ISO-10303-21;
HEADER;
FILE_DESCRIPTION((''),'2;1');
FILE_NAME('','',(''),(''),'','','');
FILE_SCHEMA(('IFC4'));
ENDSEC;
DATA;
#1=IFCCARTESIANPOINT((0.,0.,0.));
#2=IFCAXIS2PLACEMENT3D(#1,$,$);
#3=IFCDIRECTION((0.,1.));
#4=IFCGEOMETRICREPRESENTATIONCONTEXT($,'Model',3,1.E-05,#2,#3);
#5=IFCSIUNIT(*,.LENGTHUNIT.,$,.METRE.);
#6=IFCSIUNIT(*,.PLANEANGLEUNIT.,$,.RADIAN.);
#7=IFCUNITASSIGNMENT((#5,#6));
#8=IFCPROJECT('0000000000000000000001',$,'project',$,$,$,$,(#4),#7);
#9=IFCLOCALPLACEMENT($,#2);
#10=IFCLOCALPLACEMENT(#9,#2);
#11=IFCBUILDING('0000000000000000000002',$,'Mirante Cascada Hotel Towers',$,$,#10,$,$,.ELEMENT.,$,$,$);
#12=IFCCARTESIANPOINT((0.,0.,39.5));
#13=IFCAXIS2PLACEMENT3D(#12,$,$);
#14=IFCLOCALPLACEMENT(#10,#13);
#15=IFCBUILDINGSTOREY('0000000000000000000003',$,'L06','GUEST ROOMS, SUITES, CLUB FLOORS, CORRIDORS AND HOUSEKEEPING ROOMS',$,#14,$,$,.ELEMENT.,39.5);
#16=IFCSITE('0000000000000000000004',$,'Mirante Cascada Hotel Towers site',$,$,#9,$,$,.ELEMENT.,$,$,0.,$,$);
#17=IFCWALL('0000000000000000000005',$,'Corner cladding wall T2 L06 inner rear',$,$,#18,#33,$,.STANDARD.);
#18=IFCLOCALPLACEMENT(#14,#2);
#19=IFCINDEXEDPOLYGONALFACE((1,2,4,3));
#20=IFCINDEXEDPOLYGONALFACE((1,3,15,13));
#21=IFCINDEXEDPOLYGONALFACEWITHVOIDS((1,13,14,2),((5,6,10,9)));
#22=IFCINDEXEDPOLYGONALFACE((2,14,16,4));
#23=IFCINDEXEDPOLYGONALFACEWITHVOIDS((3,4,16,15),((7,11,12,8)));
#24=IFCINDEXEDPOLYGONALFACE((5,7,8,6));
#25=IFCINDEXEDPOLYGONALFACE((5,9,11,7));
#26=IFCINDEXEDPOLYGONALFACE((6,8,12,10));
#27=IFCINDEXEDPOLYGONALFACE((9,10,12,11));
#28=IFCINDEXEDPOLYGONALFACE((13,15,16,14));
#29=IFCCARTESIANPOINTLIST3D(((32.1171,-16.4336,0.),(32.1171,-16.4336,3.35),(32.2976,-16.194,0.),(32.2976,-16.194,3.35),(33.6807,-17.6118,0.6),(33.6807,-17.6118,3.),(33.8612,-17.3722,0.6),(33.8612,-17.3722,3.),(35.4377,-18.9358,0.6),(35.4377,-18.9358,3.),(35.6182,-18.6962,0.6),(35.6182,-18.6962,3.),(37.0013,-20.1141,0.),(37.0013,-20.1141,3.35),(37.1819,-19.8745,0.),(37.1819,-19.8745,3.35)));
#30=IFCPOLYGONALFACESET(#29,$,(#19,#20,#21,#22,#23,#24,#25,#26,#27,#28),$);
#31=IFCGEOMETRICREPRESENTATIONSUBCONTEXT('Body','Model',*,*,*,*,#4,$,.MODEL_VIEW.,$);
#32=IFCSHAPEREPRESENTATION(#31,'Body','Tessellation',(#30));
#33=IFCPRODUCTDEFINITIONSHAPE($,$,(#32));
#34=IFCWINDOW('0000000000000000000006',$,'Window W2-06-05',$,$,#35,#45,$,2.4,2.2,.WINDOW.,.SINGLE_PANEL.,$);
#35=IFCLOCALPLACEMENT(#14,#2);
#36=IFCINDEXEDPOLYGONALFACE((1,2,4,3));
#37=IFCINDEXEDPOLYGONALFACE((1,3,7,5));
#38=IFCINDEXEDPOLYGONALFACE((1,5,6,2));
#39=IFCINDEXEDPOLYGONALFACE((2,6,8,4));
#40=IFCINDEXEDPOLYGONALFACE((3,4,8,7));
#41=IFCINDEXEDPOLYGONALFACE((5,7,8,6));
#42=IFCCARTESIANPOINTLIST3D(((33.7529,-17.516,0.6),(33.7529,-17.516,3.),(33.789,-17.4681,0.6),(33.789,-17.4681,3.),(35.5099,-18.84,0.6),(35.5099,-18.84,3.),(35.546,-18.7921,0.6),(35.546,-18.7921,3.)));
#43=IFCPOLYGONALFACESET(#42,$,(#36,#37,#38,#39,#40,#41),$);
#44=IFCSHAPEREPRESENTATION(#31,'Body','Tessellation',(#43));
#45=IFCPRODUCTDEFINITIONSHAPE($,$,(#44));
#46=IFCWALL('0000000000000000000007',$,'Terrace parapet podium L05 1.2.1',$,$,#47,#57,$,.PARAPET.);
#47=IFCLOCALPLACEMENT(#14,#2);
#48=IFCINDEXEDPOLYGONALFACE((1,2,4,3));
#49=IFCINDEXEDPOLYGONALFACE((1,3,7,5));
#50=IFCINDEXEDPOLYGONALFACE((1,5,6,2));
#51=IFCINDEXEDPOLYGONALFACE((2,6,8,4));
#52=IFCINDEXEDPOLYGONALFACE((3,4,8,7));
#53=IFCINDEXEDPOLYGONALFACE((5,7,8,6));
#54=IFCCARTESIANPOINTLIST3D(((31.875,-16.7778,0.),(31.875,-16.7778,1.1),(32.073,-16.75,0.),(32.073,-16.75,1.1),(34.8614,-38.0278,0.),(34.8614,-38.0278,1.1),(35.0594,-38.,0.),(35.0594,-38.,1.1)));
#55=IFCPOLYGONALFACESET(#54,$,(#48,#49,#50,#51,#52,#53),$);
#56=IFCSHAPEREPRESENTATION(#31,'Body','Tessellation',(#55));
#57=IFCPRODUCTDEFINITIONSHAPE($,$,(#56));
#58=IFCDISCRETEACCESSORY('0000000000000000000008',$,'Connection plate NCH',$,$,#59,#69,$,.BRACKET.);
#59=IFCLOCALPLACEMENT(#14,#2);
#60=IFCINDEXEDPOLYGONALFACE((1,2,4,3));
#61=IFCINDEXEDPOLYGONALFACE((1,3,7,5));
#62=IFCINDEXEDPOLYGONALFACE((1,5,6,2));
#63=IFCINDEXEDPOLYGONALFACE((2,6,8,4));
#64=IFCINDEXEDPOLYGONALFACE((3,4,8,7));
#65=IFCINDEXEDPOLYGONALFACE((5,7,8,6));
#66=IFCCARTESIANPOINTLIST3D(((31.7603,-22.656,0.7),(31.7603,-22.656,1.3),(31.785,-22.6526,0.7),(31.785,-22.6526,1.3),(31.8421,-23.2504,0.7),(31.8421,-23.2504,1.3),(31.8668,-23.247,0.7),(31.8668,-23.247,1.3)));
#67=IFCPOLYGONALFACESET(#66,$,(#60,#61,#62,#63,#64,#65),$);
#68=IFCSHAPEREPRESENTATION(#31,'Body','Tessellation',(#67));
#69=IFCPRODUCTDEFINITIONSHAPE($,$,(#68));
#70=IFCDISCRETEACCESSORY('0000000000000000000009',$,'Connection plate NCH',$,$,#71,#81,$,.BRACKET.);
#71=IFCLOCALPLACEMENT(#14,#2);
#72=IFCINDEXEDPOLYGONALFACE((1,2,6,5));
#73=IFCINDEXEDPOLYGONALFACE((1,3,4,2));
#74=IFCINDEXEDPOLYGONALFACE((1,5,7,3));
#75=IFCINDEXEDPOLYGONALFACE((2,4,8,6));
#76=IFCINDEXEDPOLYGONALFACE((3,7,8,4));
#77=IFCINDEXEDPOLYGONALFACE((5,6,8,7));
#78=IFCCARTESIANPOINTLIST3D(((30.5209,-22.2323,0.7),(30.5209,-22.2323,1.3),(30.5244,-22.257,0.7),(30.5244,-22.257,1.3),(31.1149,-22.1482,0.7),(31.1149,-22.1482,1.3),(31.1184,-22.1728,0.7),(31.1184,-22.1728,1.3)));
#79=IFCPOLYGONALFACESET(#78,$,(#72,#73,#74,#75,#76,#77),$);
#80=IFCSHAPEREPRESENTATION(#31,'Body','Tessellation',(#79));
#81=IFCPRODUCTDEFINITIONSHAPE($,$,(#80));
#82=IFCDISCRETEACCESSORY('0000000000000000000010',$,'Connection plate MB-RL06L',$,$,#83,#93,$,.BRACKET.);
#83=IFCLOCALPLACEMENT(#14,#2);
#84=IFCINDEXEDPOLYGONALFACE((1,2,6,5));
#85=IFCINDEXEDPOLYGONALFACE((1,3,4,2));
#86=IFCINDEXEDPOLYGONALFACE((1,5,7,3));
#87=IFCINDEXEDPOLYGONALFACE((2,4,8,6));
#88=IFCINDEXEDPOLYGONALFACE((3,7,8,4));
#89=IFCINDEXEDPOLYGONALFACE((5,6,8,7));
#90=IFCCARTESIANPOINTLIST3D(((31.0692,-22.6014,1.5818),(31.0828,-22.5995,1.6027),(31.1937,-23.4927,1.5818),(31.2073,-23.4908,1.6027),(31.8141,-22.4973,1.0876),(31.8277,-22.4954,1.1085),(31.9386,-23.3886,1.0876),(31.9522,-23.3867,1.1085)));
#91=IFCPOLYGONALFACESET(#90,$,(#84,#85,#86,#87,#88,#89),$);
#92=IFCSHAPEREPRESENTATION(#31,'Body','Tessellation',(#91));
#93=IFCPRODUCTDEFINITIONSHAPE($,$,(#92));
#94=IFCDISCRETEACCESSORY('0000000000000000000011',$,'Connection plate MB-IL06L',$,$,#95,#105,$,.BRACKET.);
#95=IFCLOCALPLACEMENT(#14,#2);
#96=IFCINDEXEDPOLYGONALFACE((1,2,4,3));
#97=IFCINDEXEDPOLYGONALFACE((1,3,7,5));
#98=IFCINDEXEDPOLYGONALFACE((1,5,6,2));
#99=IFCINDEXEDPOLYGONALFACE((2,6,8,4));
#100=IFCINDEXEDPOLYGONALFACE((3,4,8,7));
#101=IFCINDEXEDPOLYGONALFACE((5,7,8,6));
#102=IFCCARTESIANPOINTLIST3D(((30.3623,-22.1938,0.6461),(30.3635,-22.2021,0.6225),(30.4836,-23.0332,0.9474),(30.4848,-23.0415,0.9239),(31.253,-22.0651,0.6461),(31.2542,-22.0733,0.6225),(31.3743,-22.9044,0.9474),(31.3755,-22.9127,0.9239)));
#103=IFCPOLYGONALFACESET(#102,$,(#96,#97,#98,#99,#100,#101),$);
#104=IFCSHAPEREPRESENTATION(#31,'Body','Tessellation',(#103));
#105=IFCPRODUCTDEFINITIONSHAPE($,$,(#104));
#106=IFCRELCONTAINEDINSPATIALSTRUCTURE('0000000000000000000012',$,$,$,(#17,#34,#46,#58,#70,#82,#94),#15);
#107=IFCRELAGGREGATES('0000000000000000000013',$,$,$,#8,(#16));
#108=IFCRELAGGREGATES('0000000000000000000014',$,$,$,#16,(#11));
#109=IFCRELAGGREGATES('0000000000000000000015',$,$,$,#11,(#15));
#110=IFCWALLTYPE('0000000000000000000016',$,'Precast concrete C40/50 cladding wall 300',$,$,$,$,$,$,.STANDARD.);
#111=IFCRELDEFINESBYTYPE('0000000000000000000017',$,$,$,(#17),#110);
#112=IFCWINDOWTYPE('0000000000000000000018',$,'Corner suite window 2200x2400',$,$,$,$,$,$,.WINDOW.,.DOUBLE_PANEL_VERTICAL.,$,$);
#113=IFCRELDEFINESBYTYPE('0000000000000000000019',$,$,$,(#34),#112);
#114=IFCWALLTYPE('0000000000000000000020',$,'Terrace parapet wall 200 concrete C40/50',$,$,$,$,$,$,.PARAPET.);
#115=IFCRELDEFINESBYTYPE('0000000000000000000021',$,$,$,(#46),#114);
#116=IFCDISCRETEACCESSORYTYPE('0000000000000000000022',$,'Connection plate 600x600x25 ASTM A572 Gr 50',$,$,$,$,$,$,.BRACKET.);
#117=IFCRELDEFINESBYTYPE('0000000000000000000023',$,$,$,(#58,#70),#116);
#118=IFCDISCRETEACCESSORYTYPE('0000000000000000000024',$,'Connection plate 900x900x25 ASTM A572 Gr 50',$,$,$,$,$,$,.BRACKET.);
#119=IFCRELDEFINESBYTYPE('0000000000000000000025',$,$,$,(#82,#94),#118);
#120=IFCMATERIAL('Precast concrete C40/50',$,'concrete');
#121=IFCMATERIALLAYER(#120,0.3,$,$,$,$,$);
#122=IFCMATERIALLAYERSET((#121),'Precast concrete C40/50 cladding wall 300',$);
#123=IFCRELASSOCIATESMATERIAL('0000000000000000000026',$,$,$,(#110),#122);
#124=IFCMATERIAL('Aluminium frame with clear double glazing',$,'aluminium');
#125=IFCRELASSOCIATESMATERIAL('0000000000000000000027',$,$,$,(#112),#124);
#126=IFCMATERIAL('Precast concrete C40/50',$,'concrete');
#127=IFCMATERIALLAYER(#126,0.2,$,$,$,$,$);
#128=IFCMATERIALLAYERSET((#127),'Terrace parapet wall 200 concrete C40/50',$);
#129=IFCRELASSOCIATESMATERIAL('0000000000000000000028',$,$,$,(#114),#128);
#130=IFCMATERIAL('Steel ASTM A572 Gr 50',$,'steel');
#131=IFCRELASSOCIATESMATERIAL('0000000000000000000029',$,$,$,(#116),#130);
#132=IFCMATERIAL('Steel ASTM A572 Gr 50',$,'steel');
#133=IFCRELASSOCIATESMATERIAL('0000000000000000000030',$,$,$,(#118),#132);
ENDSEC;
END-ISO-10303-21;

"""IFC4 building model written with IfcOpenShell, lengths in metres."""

from ifc_helpers import new_model, si_unit, direction, frame, frame_2d, origin, origin_2d, place, context, subcontext, project, spatial, rectangle, extrude, material, layer, layer_set, material_profile, profile_set, type_object, element, fill, save


model = new_model("IFC4")

# Units and contexts
model_context = context("Model", 3, precision=1e-05, world=origin(), true_north=direction((0.0, 1.0)))
body_context = subcontext(model_context, "Body", "Model", "MODEL_VIEW")
ifc_project = project(units=[si_unit("LENGTHUNIT", "METRE"), si_unit("PLANEANGLEUNIT", "RADIAN")], contexts=[model_context])

# Site, building, storey
site_placement = place(None, origin())
site = spatial("IfcSite", under=ifc_project, at=site_placement, Name="Mirante Cascada Hotel Towers site", CompositionType="ELEMENT", RefElevation=0.0)
building_placement = place(site_placement, origin())
building = spatial("IfcBuilding", under=site, at=building_placement, Name="Mirante Cascada Hotel Towers", CompositionType="ELEMENT")
storey_placement = place(building_placement, frame((0.0, 0.0, 39.5)))
storey = spatial("IfcBuildingStorey", under=building, at=storey_placement, Name="L06", Description="GUEST ROOMS, SUITES, CLUB FLOORS, CORRIDORS AND HOUSEKEEPING ROOMS", CompositionType="ELEMENT", Elevation=39.5)

# Wall, opening, window
ifc_material_1 = material(Name="Precast concrete C40/50", Category="concrete")
ifc_layer_1 = layer(ifc_material_1, 0.3)
ifc_layer_set_1 = layer_set([ifc_layer_1], Name="Precast concrete C40/50 cladding wall 300")
wall_type_1 = type_object("IfcWallType", Name="Precast concrete C40/50 cladding wall 300", PredefinedType="STANDARD", material=ifc_layer_set_1)
wall_1_placement = place(storey_placement, frame((32.2074, -16.3138, 0.0), z_axis=(0.0, 0.0, 1.0), x_axis=(0.798636, -0.601814, 0.0)))
wall_1 = element("IfcWall", 1, at=wall_1_placement, inside=storey, type_object=wall_type_1, Name="Corner cladding wall T2 L06 inner rear", PredefinedType="STANDARD", context=body_context, shape_type="SweptSolid", body=[
    extrude(rectangle(XDim=6.1157, YDim=0.3, at=frame_2d((3.0578, 0.0))), origin(), (0.0, 0.0, 1.0), 3.35),
])
opening_1_placement = place(wall_1_placement, frame((1.9578, 0.0, 0.6)))
opening_1 = element("IfcOpeningElement", 2, at=opening_1_placement, cuts=wall_1, PredefinedType="OPENING", context=body_context, shape_type="SweptSolid", body=[
    extrude(rectangle(XDim=2.2, YDim=2.4, at=frame_2d((1.1, 1.2))), frame((0.0, 0.15, 0.0), z_axis=(0.0, -1.0, 0.0), x_axis=(1.0, 0.0, 0.0)), (0.0, 0.0, 1.0), 0.3),
])
ifc_material_2 = material(Name="Aluminium frame with clear double glazing", Category="aluminium")
window_type = type_object("IfcWindowType", Name="Corner suite window 2200x2400", PartitioningType="DOUBLE_PANEL_VERTICAL", PredefinedType="WINDOW", material=ifc_material_2)
window_placement = place(opening_1_placement, origin())
window = element("IfcWindow", 3, at=window_placement, inside=storey, type_object=window_type, Name="Window W2-06-05", OverallHeight=2.4, OverallWidth=2.2, PartitioningType="SINGLE_PANEL", PredefinedType="WINDOW", context=body_context, shape_type="SweptSolid", body=[
    extrude(rectangle(XDim=2.2, YDim=2.4, at=frame_2d((1.1, 1.2))), frame((0.0, 0.03, 0.0), z_axis=(0.0, -1.0, 0.0), x_axis=(1.0, 0.0, 0.0)), (0.0, 0.0, 1.0), 0.06),
])
fill(opening_1, window)

# Wall
ifc_material_3 = material(Name="Precast concrete C40/50", Category="concrete")
ifc_layer_2 = layer(ifc_material_3, 0.2)
ifc_layer_set_2 = layer_set([ifc_layer_2], Name="Terrace parapet wall 200 concrete C40/50")
wall_type_2 = type_object("IfcWallType", Name="Terrace parapet wall 200 concrete C40/50", PredefinedType="PARAPET", material=ifc_layer_set_2)
wall_2_placement = place(storey_placement, frame((34.9604, -38.0139, 0.0), z_axis=(0.0, 0.0, 1.0), x_axis=(-0.139169, 0.990269, 0.0)))
element("IfcWall", 4, at=wall_2_placement, inside=storey, type_object=wall_type_2, Name="Terrace parapet podium L05 1.2.1", PredefinedType="PARAPET", context=body_context, shape_type="SweptSolid", body=[
    extrude(rectangle(XDim=21.4588, YDim=0.2, at=frame_2d((10.7294, 0.0))), origin(), (0.0, 0.0, 1.0), 1.1),
])

# Discrete accessories
ifc_material_4 = material(Name="Steel ASTM A572 Gr 50", Category="steel")
ifc_material_profile_1 = material_profile(ifc_material_4, rectangle(XDim=0.6, YDim=0.6, at=origin_2d()), Name="Connection plate 600x600x25 ASTM A572 Gr 50")
ifc_profile_set_1 = profile_set([ifc_material_profile_1], Name="Steel ASTM A572 Gr 50")
discrete_accessory_type_1 = type_object("IfcDiscreteAccessoryType", Name="Connection plate 600x600x25 ASTM A572 Gr 50", PredefinedType="BRACKET", material=ifc_profile_set_1)
for number, where, z_axis, x_axis, name in (
    (5, (31.8012, -22.9532, 1.0), (0.990658, 0.136366, 0.0), (-0.136366, 0.990658, 0.0), "Connection plate NCH"),
    (6, (30.8214, -22.2149, 1.0), (-0.140299, 0.990109, 0.0), (-0.990109, -0.140299, 0.0), "Connection plate NCH"),
):
    element("IfcDiscreteAccessory", number, at=place(storey_placement, frame(where, z_axis=z_axis, x_axis=x_axis)), inside=storey, type_object=discrete_accessory_type_1, Name=name, PredefinedType="BRACKET", context=body_context, shape_type="SweptSolid", body=[
        extrude(rectangle(XDim=0.6, YDim=0.6, at=origin_2d()), origin(), (0.0, 0.0, 1.0), 0.0249),
    ])
ifc_material_5 = material(Name="Steel ASTM A572 Gr 50", Category="steel")
ifc_material_profile_2 = material_profile(ifc_material_5, rectangle(XDim=0.9, YDim=0.9, at=origin_2d()), Name="Connection plate 900x900x25 ASTM A572 Gr 50")
ifc_profile_set_2 = profile_set([ifc_material_profile_2], Name="Steel ASTM A572 Gr 50")
discrete_accessory_type_2 = type_object("IfcDiscreteAccessoryType", Name="Connection plate 900x900x25 ASTM A572 Gr 50", PredefinedType="BRACKET", material=ifc_profile_set_2)
for number, where, z_axis, x_axis, name in (
    (7, (31.5039, -22.995, 1.3347), (0.543835, 0.075977, 0.835746), (-0.138362, 0.990382, 0.0), "Connection plate MB-RL06L"),
    (8, (30.8695, -22.5574, 0.7732), (-0.047912, 0.331393, 0.942275), (-0.98971, -0.143091, 0.0), "Connection plate MB-IL06L"),
):
    element("IfcDiscreteAccessory", number, at=place(storey_placement, frame(where, z_axis=z_axis, x_axis=x_axis)), inside=storey, type_object=discrete_accessory_type_2, Name=name, PredefinedType="BRACKET", context=body_context, shape_type="SweptSolid", body=[
        extrude(rectangle(XDim=0.9, YDim=0.9, at=origin_2d()), origin(), (0.0, 0.0, 1.0), 0.025),
    ])

save(model, "model.ifc")
